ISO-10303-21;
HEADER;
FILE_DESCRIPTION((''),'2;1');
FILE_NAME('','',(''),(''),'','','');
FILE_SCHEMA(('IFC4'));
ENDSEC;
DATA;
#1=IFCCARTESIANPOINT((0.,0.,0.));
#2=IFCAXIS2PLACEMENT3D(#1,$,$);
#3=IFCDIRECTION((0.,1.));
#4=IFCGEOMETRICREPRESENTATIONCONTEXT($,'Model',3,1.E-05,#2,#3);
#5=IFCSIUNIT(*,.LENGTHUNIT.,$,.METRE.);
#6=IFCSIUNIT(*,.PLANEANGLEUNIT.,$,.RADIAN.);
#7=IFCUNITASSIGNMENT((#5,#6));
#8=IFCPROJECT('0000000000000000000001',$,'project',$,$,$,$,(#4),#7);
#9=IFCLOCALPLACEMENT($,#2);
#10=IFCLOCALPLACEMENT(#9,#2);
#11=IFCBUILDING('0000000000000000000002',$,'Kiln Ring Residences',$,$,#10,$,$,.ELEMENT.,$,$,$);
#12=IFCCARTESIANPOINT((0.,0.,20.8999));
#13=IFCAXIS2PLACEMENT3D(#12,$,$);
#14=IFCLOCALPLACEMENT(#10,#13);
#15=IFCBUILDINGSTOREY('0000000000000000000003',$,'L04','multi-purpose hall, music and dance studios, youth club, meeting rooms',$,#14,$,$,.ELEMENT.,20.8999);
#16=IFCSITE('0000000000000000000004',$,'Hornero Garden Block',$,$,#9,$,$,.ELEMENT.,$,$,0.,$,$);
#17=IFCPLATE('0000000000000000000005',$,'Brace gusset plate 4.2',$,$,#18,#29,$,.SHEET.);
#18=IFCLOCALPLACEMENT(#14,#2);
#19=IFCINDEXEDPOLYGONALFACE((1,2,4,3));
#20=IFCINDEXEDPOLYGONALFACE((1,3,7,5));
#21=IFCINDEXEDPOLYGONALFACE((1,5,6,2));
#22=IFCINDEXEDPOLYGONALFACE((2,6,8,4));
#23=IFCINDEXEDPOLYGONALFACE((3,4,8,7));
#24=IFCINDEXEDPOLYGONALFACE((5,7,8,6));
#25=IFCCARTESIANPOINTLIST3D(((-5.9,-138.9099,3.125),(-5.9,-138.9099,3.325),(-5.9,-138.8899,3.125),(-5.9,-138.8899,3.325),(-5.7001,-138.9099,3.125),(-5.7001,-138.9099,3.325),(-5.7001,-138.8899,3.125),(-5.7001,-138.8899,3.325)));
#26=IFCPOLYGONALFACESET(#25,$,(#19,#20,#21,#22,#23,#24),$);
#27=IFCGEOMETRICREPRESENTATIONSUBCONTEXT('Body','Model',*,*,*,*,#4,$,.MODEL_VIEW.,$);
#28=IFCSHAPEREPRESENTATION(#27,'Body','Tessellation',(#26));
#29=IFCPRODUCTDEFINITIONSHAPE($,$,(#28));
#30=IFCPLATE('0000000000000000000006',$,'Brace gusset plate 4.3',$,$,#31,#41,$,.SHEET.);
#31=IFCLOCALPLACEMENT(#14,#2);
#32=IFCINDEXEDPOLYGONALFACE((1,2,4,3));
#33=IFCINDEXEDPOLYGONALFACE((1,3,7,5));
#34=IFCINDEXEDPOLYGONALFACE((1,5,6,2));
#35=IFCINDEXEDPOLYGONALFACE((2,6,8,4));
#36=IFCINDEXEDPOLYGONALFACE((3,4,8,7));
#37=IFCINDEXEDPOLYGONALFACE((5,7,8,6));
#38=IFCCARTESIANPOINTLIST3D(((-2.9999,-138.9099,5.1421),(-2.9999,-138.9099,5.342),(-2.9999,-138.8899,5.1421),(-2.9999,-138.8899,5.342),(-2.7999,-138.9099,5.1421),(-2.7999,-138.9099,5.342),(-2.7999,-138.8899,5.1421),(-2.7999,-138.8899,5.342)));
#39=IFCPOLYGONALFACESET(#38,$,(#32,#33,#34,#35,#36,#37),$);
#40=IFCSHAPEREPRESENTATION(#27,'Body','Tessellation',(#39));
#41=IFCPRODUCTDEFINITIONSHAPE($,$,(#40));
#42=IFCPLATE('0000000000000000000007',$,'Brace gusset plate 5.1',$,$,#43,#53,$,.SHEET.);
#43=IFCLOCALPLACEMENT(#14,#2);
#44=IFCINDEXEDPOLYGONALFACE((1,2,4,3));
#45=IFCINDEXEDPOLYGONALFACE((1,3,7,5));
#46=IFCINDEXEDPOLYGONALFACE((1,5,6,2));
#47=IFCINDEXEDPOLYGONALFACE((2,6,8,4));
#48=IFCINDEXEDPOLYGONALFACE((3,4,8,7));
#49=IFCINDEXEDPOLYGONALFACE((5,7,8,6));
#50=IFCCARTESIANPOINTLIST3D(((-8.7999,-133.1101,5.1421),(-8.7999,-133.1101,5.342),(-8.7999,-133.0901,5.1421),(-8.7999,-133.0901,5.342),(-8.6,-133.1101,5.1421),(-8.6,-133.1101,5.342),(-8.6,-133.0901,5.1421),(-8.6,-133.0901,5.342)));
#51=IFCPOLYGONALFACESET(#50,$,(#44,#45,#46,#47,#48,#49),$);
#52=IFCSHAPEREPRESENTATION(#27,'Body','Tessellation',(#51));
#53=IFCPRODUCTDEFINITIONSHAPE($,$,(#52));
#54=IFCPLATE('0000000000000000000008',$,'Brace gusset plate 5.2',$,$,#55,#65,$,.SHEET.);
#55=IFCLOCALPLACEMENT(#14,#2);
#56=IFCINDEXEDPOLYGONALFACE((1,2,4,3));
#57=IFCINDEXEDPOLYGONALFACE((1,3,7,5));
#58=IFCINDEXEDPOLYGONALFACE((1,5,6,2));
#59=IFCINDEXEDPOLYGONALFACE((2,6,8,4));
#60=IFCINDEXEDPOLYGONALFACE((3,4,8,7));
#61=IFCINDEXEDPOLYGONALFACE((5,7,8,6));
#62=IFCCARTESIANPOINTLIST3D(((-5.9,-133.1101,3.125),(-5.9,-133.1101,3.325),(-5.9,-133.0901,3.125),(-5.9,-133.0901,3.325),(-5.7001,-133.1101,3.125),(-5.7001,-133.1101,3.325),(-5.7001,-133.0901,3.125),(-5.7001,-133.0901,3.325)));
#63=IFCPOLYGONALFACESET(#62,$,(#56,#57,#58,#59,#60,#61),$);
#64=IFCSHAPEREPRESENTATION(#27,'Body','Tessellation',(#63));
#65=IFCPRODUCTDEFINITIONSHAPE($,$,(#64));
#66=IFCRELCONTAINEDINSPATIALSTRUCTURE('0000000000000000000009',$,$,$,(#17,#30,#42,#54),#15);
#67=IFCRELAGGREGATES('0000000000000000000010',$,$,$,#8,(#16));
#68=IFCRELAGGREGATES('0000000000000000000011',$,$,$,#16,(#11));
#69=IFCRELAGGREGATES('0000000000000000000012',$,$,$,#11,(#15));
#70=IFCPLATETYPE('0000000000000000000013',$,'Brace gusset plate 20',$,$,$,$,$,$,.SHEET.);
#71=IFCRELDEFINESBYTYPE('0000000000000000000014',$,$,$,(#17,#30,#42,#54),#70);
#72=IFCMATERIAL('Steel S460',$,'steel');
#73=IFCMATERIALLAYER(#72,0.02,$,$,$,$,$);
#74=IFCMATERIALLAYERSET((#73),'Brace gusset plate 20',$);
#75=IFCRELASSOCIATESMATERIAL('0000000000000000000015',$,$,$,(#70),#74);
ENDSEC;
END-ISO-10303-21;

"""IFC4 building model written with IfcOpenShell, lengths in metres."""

from ifc_helpers import new_model, si_unit, direction, frame, origin, origin_2d, place, context, subcontext, project, spatial, rectangle, extrude, material, layer, layer_set, type_object, element, save


model = new_model("IFC4")

# Units and contexts
model_context = context("Model", 3, precision=1e-05, world=origin(), true_north=direction((0.0, 1.0)))
body_context = subcontext(model_context, "Body", "Model", "MODEL_VIEW")
ifc_project = project(units=[si_unit("LENGTHUNIT", "METRE"), si_unit("PLANEANGLEUNIT", "RADIAN")], contexts=[model_context])

# Site, building, storey
site_placement = place(None, origin())
site = spatial("IfcSite", under=ifc_project, at=site_placement, Name="Hornero Garden Block", CompositionType="ELEMENT", RefElevation=0.0)
building_placement = place(site_placement, origin())
building = spatial("IfcBuilding", under=site, at=building_placement, Name="Kiln Ring Residences", CompositionType="ELEMENT")
storey_placement = place(building_placement, frame((0.0, 0.0, 20.8999)))
storey = spatial("IfcBuildingStorey", under=building, at=storey_placement, Name="L04", Description="multi-purpose hall, music and dance studios, youth club, meeting rooms", CompositionType="ELEMENT", Elevation=20.8999)

# Plates
ifc_material_1 = material(Name="Steel S460", Category="steel")
ifc_layer = layer(ifc_material_1, 0.02)
ifc_layer_set = layer_set([ifc_layer], Name="Brace gusset plate 20")
plate_type = type_object("IfcPlateType", Name="Brace gusset plate 20", PredefinedType="SHEET", material=ifc_layer_set)
for number, where, z_axis, x_axis, name in (
    (1, (-5.8, -138.8999, 3.125), (0.0, 0.0, 1.0), (1.0, 0.0, 0.0), "Brace gusset plate 4.2"),
    (2, (-2.8999, -138.8999, 5.1421), (0.0, 0.0, 1.0), (1.0, 0.0, 0.0), "Brace gusset plate 4.3"),
    (3, (-8.7, -133.1001, 5.1421), (0.0, 0.0, 1.0), (1.0, 0.0, 0.0), "Brace gusset plate 5.1"),
    (4, (-5.8, -133.1001, 3.125), (0.0, 0.0, 1.0), (1.0, 0.0, 0.0), "Brace gusset plate 5.2"),
):
    element("IfcPlate", number, at=place(storey_placement, frame(where, z_axis=z_axis, x_axis=x_axis)), inside=storey, type_object=plate_type, Name=name, PredefinedType="SHEET", context=body_context, shape_type="SweptSolid", body=[
        extrude(rectangle(XDim=0.2, YDim=0.02, at=origin_2d()), origin(), (0.0, 0.0, 1.0), 0.2),
    ])

save(model, "model.ifc")
